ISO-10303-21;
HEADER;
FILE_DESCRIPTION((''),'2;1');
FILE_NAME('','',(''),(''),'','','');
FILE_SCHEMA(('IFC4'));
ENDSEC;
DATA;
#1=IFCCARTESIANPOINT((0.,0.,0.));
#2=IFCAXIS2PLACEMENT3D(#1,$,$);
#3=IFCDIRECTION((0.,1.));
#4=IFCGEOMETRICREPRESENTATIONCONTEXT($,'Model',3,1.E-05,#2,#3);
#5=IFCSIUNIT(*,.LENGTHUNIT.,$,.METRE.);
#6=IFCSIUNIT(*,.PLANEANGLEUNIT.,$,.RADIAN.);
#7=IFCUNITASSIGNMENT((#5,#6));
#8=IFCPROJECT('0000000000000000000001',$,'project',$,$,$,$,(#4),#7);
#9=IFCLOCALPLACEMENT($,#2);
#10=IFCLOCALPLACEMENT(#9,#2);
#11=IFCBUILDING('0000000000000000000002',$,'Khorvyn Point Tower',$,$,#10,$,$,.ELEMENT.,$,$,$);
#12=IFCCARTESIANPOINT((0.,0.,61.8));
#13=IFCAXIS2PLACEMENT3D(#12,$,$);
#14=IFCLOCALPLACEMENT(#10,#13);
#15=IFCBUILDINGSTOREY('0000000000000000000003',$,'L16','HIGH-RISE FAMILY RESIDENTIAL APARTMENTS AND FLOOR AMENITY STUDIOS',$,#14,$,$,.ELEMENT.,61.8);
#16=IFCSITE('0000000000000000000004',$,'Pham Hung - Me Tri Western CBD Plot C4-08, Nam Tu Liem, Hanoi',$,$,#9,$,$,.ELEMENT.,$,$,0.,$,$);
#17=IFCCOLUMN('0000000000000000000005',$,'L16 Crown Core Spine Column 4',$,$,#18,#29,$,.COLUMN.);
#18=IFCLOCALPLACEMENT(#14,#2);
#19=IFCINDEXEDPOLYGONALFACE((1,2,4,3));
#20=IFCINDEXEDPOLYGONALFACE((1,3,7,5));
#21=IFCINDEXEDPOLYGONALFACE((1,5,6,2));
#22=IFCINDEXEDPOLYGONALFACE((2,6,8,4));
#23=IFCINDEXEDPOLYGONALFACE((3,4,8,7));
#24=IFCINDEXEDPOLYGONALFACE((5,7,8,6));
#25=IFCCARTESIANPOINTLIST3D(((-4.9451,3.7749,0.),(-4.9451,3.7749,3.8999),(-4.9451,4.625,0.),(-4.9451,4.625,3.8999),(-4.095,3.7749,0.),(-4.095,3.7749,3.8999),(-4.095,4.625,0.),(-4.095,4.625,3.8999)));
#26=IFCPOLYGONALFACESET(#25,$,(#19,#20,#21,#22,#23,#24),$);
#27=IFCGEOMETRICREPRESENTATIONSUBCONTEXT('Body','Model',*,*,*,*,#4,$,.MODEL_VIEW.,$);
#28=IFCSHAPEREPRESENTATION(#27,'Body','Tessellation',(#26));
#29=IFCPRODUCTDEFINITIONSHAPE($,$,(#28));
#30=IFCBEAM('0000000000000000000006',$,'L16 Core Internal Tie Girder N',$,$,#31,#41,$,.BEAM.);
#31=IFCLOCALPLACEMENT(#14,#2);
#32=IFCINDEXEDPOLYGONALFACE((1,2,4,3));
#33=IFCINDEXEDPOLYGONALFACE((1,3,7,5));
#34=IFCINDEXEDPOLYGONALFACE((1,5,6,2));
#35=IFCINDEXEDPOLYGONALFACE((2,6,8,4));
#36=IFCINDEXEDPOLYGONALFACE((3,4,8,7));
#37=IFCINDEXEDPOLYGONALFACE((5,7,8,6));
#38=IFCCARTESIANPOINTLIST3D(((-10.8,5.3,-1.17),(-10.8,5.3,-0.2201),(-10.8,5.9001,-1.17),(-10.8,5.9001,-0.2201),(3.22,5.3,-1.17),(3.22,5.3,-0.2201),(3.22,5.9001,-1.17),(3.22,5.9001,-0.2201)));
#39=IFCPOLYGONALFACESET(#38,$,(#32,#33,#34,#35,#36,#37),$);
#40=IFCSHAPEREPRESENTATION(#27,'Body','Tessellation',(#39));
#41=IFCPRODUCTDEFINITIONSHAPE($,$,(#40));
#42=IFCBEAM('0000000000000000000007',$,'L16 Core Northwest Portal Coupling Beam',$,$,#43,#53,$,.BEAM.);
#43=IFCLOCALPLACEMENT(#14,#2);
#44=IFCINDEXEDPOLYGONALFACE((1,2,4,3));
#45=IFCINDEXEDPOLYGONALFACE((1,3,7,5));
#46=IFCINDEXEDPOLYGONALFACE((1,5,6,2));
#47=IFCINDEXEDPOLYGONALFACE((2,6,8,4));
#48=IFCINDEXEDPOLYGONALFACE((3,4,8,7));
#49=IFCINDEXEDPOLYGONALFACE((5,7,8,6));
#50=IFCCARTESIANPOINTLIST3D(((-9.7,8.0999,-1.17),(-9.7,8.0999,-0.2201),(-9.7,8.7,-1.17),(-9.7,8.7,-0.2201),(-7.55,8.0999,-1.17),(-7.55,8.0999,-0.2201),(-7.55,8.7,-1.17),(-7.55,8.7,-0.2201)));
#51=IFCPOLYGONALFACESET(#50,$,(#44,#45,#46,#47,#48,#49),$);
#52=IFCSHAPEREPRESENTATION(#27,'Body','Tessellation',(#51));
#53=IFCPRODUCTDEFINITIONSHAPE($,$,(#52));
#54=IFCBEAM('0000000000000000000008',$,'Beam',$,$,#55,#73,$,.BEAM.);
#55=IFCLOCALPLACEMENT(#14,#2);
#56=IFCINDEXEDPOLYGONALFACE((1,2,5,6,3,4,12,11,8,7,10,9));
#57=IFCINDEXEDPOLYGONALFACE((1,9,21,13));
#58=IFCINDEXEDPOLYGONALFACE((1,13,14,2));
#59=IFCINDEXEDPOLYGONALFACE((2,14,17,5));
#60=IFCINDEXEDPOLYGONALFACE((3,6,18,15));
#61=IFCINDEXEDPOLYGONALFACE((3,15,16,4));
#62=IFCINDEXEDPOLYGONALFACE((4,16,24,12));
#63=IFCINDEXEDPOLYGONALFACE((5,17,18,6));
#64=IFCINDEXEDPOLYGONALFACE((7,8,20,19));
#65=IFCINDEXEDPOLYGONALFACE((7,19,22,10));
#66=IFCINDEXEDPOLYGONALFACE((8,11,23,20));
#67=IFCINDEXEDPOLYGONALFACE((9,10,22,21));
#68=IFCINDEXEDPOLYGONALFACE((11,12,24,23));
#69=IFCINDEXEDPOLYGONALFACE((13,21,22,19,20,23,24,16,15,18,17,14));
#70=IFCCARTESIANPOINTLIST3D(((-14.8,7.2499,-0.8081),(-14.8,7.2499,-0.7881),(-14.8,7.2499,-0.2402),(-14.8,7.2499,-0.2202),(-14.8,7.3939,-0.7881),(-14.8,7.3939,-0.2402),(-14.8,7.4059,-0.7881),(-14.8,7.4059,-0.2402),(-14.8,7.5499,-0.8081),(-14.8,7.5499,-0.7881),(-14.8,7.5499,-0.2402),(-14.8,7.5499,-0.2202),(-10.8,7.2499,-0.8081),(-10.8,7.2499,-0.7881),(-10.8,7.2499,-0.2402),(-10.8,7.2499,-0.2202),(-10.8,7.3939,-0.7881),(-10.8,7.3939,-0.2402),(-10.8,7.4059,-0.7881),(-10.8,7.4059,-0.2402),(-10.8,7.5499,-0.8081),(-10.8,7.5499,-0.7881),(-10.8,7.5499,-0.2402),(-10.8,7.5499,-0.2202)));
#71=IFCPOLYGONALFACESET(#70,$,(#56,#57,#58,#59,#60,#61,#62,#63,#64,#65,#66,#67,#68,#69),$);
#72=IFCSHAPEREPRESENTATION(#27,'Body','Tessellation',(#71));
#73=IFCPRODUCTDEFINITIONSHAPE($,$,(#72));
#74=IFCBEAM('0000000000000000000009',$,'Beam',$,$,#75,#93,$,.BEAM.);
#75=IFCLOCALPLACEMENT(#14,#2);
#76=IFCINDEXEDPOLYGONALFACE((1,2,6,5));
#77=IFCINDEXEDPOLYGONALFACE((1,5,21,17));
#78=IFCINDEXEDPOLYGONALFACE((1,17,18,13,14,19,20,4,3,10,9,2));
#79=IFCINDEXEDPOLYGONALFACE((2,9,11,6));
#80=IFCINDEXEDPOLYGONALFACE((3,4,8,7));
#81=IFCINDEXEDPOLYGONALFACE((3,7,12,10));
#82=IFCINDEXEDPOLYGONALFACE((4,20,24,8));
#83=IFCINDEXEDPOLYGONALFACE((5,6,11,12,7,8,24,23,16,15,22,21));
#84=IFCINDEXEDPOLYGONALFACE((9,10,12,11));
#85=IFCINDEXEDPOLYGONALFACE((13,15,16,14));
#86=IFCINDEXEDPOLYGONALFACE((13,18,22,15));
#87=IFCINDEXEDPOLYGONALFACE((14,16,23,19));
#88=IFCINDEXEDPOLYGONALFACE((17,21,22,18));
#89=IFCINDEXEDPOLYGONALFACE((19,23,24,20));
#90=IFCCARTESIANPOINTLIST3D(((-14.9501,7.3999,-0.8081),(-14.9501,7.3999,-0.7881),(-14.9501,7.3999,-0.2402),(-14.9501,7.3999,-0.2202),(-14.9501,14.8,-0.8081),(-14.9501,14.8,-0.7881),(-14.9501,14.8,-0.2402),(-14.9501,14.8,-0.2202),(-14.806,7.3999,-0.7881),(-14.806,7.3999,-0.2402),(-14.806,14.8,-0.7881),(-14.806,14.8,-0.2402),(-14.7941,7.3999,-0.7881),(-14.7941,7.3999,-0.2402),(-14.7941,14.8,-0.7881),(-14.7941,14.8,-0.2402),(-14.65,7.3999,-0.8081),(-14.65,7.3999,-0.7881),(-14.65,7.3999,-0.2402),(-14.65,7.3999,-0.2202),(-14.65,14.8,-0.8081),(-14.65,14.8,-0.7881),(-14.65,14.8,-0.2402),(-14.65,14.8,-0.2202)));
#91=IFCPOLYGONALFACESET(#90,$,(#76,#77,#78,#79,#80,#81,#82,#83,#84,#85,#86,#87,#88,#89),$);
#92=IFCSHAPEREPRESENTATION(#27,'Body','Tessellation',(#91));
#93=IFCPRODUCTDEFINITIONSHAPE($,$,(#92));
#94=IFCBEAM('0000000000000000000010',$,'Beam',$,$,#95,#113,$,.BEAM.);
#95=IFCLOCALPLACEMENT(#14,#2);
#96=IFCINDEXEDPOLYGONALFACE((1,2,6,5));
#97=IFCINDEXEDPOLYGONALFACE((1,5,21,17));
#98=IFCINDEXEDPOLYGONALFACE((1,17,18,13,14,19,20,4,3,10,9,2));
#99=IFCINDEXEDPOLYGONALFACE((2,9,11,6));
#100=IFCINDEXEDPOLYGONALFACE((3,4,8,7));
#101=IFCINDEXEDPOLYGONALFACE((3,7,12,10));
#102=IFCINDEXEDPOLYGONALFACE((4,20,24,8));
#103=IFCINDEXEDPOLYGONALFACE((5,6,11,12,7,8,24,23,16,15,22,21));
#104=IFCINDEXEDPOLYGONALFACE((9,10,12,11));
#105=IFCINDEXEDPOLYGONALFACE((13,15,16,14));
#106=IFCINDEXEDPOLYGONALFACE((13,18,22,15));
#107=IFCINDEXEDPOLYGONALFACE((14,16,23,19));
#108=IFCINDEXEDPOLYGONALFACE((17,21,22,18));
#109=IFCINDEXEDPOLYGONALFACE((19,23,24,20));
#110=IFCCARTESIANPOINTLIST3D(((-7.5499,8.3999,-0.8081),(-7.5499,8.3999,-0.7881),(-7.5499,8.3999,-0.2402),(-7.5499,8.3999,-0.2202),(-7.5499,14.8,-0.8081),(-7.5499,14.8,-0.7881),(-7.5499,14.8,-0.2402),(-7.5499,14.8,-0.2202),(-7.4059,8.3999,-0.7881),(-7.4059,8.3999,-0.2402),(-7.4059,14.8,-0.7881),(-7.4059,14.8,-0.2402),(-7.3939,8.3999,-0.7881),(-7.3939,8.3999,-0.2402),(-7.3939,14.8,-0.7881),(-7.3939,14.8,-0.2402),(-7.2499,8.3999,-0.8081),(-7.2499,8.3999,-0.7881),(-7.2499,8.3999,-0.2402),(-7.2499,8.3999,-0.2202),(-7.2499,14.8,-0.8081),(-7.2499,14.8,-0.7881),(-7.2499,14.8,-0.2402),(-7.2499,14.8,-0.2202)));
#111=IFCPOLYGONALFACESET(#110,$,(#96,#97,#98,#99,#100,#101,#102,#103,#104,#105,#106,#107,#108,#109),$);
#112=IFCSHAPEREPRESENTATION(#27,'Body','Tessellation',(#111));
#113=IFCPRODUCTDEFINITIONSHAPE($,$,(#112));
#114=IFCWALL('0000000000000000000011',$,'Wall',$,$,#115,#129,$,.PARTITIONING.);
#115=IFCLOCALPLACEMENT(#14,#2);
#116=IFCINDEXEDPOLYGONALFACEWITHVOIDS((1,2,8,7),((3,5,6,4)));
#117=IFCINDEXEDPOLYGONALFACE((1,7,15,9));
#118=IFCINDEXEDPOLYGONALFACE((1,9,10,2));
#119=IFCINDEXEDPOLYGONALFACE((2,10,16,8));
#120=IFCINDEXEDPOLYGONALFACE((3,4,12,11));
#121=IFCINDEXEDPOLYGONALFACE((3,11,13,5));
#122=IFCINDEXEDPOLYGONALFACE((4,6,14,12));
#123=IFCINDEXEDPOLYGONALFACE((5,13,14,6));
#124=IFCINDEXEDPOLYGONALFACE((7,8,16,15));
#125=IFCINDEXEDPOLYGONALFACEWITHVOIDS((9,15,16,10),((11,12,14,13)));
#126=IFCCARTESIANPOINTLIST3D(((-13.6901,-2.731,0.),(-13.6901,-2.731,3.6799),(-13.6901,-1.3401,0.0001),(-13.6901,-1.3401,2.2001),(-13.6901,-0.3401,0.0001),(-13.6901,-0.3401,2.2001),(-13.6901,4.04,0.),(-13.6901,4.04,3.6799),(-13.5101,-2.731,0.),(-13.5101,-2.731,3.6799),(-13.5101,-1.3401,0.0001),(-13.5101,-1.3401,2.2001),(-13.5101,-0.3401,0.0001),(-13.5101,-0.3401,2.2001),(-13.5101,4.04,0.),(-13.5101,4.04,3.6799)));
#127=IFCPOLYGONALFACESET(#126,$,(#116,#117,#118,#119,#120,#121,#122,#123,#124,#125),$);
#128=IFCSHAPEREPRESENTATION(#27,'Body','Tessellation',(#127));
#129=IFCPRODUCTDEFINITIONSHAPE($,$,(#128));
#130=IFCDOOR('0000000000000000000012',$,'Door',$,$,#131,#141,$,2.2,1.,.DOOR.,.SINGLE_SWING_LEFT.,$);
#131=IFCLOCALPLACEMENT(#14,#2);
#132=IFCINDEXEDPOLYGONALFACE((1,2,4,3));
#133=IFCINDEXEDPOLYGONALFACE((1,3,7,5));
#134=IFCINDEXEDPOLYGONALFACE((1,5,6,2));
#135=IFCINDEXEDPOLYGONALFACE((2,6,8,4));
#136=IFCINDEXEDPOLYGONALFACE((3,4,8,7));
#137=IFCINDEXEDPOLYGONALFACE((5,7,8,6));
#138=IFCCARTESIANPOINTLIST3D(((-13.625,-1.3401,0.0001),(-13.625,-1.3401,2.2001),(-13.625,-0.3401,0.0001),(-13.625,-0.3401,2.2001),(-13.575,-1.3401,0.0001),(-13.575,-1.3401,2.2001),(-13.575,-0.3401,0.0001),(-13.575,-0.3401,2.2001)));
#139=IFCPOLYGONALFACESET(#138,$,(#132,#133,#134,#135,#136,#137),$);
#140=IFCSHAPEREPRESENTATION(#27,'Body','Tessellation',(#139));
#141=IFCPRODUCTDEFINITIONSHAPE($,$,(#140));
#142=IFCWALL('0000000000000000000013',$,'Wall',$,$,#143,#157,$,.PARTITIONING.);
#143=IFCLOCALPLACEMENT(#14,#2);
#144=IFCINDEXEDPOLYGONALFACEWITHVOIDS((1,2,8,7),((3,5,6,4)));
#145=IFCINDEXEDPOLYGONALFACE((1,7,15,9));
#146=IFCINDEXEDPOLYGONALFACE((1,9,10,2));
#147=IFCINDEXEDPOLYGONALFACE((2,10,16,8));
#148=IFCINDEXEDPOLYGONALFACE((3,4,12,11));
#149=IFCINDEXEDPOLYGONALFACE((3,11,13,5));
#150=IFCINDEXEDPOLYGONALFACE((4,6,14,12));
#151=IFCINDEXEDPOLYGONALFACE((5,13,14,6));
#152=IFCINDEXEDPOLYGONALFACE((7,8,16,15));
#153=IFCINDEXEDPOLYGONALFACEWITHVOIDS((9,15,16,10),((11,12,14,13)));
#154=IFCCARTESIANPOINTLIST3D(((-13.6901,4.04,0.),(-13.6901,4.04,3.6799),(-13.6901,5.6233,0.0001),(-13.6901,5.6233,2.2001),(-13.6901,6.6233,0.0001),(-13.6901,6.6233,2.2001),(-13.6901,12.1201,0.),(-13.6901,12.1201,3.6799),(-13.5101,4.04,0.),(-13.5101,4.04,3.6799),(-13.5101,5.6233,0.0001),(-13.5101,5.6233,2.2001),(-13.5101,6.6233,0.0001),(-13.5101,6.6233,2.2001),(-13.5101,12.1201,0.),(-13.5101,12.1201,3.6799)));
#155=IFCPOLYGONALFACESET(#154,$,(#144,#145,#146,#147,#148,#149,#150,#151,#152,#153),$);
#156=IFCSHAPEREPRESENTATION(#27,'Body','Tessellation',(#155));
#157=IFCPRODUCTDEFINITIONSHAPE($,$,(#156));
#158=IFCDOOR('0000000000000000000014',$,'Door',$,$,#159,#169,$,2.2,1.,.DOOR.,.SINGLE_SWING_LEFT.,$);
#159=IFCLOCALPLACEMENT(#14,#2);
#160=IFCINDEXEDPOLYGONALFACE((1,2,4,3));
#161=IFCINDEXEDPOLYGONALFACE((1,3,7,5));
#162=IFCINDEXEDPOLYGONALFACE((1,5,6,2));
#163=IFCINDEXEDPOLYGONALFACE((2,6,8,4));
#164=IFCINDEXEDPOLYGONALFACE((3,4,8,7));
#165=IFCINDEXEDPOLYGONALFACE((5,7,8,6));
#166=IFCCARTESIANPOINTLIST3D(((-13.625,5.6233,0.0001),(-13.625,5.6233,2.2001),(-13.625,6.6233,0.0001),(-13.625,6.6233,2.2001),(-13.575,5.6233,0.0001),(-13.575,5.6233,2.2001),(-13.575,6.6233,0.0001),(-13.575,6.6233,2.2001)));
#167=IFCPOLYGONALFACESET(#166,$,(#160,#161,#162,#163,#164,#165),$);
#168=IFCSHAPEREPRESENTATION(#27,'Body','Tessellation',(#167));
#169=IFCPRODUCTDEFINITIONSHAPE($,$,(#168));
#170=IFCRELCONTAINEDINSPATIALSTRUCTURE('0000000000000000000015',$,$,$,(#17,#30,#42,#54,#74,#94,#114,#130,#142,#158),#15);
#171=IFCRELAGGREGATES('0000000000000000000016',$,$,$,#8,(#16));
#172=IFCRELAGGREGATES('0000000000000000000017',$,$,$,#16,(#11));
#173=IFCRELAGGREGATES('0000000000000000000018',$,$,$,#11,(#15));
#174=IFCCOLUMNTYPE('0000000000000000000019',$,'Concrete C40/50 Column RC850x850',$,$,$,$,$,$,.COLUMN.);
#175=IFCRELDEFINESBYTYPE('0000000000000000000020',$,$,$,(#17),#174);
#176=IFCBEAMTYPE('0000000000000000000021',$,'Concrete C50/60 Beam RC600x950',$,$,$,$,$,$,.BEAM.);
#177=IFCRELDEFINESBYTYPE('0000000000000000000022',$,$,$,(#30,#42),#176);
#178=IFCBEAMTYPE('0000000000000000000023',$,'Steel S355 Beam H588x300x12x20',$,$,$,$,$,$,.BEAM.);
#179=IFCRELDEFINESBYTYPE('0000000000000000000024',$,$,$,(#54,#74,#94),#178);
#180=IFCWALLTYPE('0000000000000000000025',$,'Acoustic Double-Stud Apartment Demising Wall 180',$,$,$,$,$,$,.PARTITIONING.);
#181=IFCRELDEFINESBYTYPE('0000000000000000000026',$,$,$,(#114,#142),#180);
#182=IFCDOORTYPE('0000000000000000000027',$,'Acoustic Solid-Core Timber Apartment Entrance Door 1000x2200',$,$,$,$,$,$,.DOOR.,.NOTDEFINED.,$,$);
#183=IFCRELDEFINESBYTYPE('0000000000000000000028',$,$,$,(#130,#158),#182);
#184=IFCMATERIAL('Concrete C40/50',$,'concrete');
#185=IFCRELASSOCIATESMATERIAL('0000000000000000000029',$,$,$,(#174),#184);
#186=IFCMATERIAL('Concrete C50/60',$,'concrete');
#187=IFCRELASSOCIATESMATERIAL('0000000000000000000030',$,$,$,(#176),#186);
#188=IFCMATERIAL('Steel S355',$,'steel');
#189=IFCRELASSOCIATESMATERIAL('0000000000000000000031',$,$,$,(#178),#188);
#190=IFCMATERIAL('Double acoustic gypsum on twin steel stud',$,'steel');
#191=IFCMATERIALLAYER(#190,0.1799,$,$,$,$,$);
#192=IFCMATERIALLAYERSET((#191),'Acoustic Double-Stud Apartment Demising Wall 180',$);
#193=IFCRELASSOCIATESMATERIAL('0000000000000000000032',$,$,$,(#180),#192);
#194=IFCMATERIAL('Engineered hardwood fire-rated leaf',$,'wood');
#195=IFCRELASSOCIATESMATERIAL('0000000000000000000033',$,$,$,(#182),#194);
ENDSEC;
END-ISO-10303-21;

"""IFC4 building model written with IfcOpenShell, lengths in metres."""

from ifc_helpers import new_model, si_unit, direction, frame, frame_2d, origin, origin_2d, place, context, subcontext, project, spatial, rectangle, i_section, extrude, material, layer, layer_set, material_profile, profile_set, type_object, element, fill, save


model = new_model("IFC4")

# Units and contexts
model_context = context("Model", 3, precision=1e-05, world=origin(), true_north=direction((0.0, 1.0)))
body_context = subcontext(model_context, "Body", "Model", "MODEL_VIEW")
ifc_project = project(units=[si_unit("LENGTHUNIT", "METRE"), si_unit("PLANEANGLEUNIT", "RADIAN")], contexts=[model_context])

# Site, building, storey
site_placement = place(None, origin())
site = spatial("IfcSite", under=ifc_project, at=site_placement, Name="Pham Hung - Me Tri Western CBD Plot C4-08, Nam Tu Liem, Hanoi", CompositionType="ELEMENT", RefElevation=0.0)
building_placement = place(site_placement, origin())
building = spatial("IfcBuilding", under=site, at=building_placement, Name="Khorvyn Point Tower", CompositionType="ELEMENT")
storey_placement = place(building_placement, frame((0.0, 0.0, 61.8)))
storey = spatial("IfcBuildingStorey", under=building, at=storey_placement, Name="L16", Description="HIGH-RISE FAMILY RESIDENTIAL APARTMENTS AND FLOOR AMENITY STUDIOS", CompositionType="ELEMENT", Elevation=61.8)

# Column
ifc_material_1 = material(Name="Concrete C40/50", Category="concrete")
ifc_material_profile_1 = material_profile(ifc_material_1, rectangle(XDim=0.8501, YDim=0.8501, at=origin_2d()))
ifc_profile_set_1 = profile_set([ifc_material_profile_1], Name="Concrete C40/50 RC850x850")
column_type = type_object("IfcColumnType", Name="Concrete C40/50 Column RC850x850", PredefinedType="COLUMN", material=ifc_profile_set_1)
column_placement = place(storey_placement, frame((-4.52, 4.2, 0.0), z_axis=(0.0, 0.0, 1.0), x_axis=(1.0, 0.0, 0.0)))
element("IfcColumn", 1, at=column_placement, inside=storey, type_object=column_type, Name="L16 Crown Core Spine Column 4", PredefinedType="COLUMN", context=body_context, shape_type="SweptSolid", body=[
    extrude(rectangle(XDim=0.8501, YDim=0.8501, at=origin_2d()), origin(), (0.0, 0.0, 1.0), 3.8999),
])

# Beams
ifc_material_2 = material(Name="Concrete C50/60", Category="concrete")
ifc_material_profile_2 = material_profile(ifc_material_2, rectangle(XDim=0.6001, YDim=0.95, at=origin_2d()))
ifc_profile_set_2 = profile_set([ifc_material_profile_2], Name="Concrete C50/60 RC600x950")
beam_type_1 = type_object("IfcBeamType", Name="Concrete C50/60 Beam RC600x950", PredefinedType="BEAM", material=ifc_profile_set_2)
beam_1_placement = place(storey_placement, frame((-10.8, 5.6001, -0.6951), z_axis=(1.0, 0.0, 0.0), x_axis=(0.0, 1.0, 0.0)))
element("IfcBeam", 2, at=beam_1_placement, inside=storey, type_object=beam_type_1, Name="L16 Core Internal Tie Girder N", PredefinedType="BEAM", context=body_context, shape_type="SweptSolid", body=[
    extrude(rectangle(XDim=0.6001, YDim=0.95, at=origin_2d()), origin(), (0.0, 0.0, 1.0), 14.02),
])
beam_2_placement = place(storey_placement, frame((-9.7, 8.3999, -0.6951), z_axis=(1.0, 0.0, 0.0), x_axis=(0.0, 1.0, 0.0)))
element("IfcBeam", 3, at=beam_2_placement, inside=storey, type_object=beam_type_1, Name="L16 Core Northwest Portal Coupling Beam", PredefinedType="BEAM", context=body_context, shape_type="SweptSolid", body=[
    extrude(rectangle(XDim=0.6001, YDim=0.95, at=origin_2d()), origin(), (0.0, 0.0, 1.0), 2.1499),
])
ifc_material_3 = material(Name="Steel S355", Category="steel")
ifc_material_profile_3 = material_profile(ifc_material_3, i_section(OverallWidth=0.3, OverallDepth=0.5879, WebThickness=0.012, FlangeThickness=0.02, at=origin_2d()))
ifc_profile_set_3 = profile_set([ifc_material_profile_3], Name="Steel S355 H588x300x12x20")
beam_type_2 = type_object("IfcBeamType", Name="Steel S355 Beam H588x300x12x20", PredefinedType="BEAM", material=ifc_profile_set_3)
beam_3_placement = place(storey_placement, frame((-14.8, 7.3999, -0.5142), z_axis=(1.0, 0.0, 0.0), x_axis=(0.0, 1.0, 0.0)))
element("IfcBeam", 4, at=beam_3_placement, inside=storey, type_object=beam_type_2, Name="Beam", PredefinedType="BEAM", context=body_context, shape_type="SweptSolid", body=[
    extrude(i_section(OverallWidth=0.3, OverallDepth=0.5879, WebThickness=0.012, FlangeThickness=0.02, at=origin_2d()), origin(), (0.0, 0.0, 1.0), 4.0),
])
beam_4_placement = place(storey_placement, frame((-14.8, 7.3999, -0.5142), z_axis=(0.0, 1.0, 0.0), x_axis=(-1.0, 0.0, 0.0)))
element("IfcBeam", 5, at=beam_4_placement, inside=storey, type_object=beam_type_2, Name="Beam", PredefinedType="BEAM", context=body_context, shape_type="SweptSolid", body=[
    extrude(i_section(OverallWidth=0.3, OverallDepth=0.5879, WebThickness=0.012, FlangeThickness=0.02, at=origin_2d()), origin(), (0.0, 0.0, 1.0), 7.4001),
])
beam_5_placement = place(storey_placement, frame((-7.3999, 8.3999, -0.5142), z_axis=(0.0, 1.0, 0.0), x_axis=(-1.0, 0.0, 0.0)))
element("IfcBeam", 6, at=beam_5_placement, inside=storey, type_object=beam_type_2, Name="Beam", PredefinedType="BEAM", context=body_context, shape_type="SweptSolid", body=[
    extrude(i_section(OverallWidth=0.3, OverallDepth=0.5879, WebThickness=0.012, FlangeThickness=0.02, at=origin_2d()), origin(), (0.0, 0.0, 1.0), 6.4001),
])

# Walls, openings, doors
ifc_material_4 = material(Name="Double acoustic gypsum on twin steel stud", Category="steel")
ifc_layer_1 = layer(ifc_material_4, 0.1799)
ifc_layer_set_1 = layer_set([ifc_layer_1], Name="Acoustic Double-Stud Apartment Demising Wall 180")
wall_type_1 = type_object("IfcWallType", Name="Acoustic Double-Stud Apartment Demising Wall 180", PredefinedType="PARTITIONING", material=ifc_layer_set_1)
wall_1_placement = place(storey_placement, frame((-13.6001, -2.731, 0.0), z_axis=(0.0, 0.0, 1.0), x_axis=(0.0, 1.0, 0.0)))
wall_1 = element("IfcWall", 7, at=wall_1_placement, inside=storey, type_object=wall_type_1, Name="Wall", PredefinedType="PARTITIONING", context=body_context, shape_type="SweptSolid", body=[
    extrude(rectangle(XDim=6.771, YDim=0.1799, at=frame_2d((3.3855, 0.0))), origin(), (0.0, 0.0, 1.0), 3.6799),
])
opening_1_placement = place(wall_1_placement, frame((1.3909, 0.0, 0.0)))
opening_1 = element("IfcOpeningElement", 8, at=opening_1_placement, cuts=wall_1, PredefinedType="OPENING", context=body_context, shape_type="SweptSolid", body=[
    extrude(rectangle(XDim=1.0, YDim=2.2, at=frame_2d((0.5, 1.1001))), frame((0.0, 0.0999, 0.0), z_axis=(0.0, -1.0, 0.0), x_axis=(1.0, 0.0, 0.0)), (0.0, 0.0, 1.0), 0.2),
])
ifc_material_5 = material(Name="Engineered hardwood fire-rated leaf", Category="wood")
door_type_1 = type_object("IfcDoorType", Name="Acoustic Solid-Core Timber Apartment Entrance Door 1000x2200", OperationType="NOTDEFINED", PredefinedType="DOOR", material=ifc_material_5)
door_1_placement = place(opening_1_placement, origin())
door_1 = element("IfcDoor", 9, at=door_1_placement, inside=storey, type_object=door_type_1, Name="Door", OperationType="SINGLE_SWING_LEFT", OverallHeight=2.2, OverallWidth=1.0, PredefinedType="DOOR", context=body_context, shape_type="SweptSolid", body=[
    extrude(rectangle(XDim=1.0, YDim=2.2, at=frame_2d((0.5, 1.1001))), frame((0.0, 0.0249, 0.0), z_axis=(0.0, -1.0, 0.0), x_axis=(1.0, 0.0, 0.0)), (0.0, 0.0, 1.0), 0.05),
])
fill(opening_1, door_1)
wall_2_placement = place(storey_placement, frame((-13.6001, 4.04, 0.0), z_axis=(0.0, 0.0, 1.0), x_axis=(0.0, 1.0, 0.0)))
wall_2 = element("IfcWall", 10, at=wall_2_placement, inside=storey, type_object=wall_type_1, Name="Wall", PredefinedType="PARTITIONING", context=body_context, shape_type="SweptSolid", body=[
    extrude(rectangle(XDim=8.0801, YDim=0.1799, at=frame_2d((4.04, 0.0))), origin(), (0.0, 0.0, 1.0), 3.6799),
])
opening_2_placement = place(wall_2_placement, frame((1.5833, 0.0, 0.0)))
opening_2 = element("IfcOpeningElement", 11, at=opening_2_placement, cuts=wall_2, PredefinedType="OPENING", context=body_context, shape_type="SweptSolid", body=[
    extrude(rectangle(XDim=1.0, YDim=2.2, at=frame_2d((0.5, 1.1001))), frame((0.0, 0.0999, 0.0), z_axis=(0.0, -1.0, 0.0), x_axis=(1.0, 0.0, 0.0)), (0.0, 0.0, 1.0), 0.2),
])
door_2_placement = place(opening_2_placement, origin())
door_2 = element("IfcDoor", 12, at=door_2_placement, inside=storey, type_object=door_type_1, Name="Door", OperationType="SINGLE_SWING_LEFT", OverallHeight=2.2, OverallWidth=1.0, PredefinedType="DOOR", context=body_context, shape_type="SweptSolid", body=[
    extrude(rectangle(XDim=1.0, YDim=2.2, at=frame_2d((0.5, 1.1001))), frame((0.0, 0.0249, 0.0), z_axis=(0.0, -1.0, 0.0), x_axis=(1.0, 0.0, 0.0)), (0.0, 0.0, 1.0), 0.05),
])
fill(opening_2, door_2)

save(model, "model.ifc")
